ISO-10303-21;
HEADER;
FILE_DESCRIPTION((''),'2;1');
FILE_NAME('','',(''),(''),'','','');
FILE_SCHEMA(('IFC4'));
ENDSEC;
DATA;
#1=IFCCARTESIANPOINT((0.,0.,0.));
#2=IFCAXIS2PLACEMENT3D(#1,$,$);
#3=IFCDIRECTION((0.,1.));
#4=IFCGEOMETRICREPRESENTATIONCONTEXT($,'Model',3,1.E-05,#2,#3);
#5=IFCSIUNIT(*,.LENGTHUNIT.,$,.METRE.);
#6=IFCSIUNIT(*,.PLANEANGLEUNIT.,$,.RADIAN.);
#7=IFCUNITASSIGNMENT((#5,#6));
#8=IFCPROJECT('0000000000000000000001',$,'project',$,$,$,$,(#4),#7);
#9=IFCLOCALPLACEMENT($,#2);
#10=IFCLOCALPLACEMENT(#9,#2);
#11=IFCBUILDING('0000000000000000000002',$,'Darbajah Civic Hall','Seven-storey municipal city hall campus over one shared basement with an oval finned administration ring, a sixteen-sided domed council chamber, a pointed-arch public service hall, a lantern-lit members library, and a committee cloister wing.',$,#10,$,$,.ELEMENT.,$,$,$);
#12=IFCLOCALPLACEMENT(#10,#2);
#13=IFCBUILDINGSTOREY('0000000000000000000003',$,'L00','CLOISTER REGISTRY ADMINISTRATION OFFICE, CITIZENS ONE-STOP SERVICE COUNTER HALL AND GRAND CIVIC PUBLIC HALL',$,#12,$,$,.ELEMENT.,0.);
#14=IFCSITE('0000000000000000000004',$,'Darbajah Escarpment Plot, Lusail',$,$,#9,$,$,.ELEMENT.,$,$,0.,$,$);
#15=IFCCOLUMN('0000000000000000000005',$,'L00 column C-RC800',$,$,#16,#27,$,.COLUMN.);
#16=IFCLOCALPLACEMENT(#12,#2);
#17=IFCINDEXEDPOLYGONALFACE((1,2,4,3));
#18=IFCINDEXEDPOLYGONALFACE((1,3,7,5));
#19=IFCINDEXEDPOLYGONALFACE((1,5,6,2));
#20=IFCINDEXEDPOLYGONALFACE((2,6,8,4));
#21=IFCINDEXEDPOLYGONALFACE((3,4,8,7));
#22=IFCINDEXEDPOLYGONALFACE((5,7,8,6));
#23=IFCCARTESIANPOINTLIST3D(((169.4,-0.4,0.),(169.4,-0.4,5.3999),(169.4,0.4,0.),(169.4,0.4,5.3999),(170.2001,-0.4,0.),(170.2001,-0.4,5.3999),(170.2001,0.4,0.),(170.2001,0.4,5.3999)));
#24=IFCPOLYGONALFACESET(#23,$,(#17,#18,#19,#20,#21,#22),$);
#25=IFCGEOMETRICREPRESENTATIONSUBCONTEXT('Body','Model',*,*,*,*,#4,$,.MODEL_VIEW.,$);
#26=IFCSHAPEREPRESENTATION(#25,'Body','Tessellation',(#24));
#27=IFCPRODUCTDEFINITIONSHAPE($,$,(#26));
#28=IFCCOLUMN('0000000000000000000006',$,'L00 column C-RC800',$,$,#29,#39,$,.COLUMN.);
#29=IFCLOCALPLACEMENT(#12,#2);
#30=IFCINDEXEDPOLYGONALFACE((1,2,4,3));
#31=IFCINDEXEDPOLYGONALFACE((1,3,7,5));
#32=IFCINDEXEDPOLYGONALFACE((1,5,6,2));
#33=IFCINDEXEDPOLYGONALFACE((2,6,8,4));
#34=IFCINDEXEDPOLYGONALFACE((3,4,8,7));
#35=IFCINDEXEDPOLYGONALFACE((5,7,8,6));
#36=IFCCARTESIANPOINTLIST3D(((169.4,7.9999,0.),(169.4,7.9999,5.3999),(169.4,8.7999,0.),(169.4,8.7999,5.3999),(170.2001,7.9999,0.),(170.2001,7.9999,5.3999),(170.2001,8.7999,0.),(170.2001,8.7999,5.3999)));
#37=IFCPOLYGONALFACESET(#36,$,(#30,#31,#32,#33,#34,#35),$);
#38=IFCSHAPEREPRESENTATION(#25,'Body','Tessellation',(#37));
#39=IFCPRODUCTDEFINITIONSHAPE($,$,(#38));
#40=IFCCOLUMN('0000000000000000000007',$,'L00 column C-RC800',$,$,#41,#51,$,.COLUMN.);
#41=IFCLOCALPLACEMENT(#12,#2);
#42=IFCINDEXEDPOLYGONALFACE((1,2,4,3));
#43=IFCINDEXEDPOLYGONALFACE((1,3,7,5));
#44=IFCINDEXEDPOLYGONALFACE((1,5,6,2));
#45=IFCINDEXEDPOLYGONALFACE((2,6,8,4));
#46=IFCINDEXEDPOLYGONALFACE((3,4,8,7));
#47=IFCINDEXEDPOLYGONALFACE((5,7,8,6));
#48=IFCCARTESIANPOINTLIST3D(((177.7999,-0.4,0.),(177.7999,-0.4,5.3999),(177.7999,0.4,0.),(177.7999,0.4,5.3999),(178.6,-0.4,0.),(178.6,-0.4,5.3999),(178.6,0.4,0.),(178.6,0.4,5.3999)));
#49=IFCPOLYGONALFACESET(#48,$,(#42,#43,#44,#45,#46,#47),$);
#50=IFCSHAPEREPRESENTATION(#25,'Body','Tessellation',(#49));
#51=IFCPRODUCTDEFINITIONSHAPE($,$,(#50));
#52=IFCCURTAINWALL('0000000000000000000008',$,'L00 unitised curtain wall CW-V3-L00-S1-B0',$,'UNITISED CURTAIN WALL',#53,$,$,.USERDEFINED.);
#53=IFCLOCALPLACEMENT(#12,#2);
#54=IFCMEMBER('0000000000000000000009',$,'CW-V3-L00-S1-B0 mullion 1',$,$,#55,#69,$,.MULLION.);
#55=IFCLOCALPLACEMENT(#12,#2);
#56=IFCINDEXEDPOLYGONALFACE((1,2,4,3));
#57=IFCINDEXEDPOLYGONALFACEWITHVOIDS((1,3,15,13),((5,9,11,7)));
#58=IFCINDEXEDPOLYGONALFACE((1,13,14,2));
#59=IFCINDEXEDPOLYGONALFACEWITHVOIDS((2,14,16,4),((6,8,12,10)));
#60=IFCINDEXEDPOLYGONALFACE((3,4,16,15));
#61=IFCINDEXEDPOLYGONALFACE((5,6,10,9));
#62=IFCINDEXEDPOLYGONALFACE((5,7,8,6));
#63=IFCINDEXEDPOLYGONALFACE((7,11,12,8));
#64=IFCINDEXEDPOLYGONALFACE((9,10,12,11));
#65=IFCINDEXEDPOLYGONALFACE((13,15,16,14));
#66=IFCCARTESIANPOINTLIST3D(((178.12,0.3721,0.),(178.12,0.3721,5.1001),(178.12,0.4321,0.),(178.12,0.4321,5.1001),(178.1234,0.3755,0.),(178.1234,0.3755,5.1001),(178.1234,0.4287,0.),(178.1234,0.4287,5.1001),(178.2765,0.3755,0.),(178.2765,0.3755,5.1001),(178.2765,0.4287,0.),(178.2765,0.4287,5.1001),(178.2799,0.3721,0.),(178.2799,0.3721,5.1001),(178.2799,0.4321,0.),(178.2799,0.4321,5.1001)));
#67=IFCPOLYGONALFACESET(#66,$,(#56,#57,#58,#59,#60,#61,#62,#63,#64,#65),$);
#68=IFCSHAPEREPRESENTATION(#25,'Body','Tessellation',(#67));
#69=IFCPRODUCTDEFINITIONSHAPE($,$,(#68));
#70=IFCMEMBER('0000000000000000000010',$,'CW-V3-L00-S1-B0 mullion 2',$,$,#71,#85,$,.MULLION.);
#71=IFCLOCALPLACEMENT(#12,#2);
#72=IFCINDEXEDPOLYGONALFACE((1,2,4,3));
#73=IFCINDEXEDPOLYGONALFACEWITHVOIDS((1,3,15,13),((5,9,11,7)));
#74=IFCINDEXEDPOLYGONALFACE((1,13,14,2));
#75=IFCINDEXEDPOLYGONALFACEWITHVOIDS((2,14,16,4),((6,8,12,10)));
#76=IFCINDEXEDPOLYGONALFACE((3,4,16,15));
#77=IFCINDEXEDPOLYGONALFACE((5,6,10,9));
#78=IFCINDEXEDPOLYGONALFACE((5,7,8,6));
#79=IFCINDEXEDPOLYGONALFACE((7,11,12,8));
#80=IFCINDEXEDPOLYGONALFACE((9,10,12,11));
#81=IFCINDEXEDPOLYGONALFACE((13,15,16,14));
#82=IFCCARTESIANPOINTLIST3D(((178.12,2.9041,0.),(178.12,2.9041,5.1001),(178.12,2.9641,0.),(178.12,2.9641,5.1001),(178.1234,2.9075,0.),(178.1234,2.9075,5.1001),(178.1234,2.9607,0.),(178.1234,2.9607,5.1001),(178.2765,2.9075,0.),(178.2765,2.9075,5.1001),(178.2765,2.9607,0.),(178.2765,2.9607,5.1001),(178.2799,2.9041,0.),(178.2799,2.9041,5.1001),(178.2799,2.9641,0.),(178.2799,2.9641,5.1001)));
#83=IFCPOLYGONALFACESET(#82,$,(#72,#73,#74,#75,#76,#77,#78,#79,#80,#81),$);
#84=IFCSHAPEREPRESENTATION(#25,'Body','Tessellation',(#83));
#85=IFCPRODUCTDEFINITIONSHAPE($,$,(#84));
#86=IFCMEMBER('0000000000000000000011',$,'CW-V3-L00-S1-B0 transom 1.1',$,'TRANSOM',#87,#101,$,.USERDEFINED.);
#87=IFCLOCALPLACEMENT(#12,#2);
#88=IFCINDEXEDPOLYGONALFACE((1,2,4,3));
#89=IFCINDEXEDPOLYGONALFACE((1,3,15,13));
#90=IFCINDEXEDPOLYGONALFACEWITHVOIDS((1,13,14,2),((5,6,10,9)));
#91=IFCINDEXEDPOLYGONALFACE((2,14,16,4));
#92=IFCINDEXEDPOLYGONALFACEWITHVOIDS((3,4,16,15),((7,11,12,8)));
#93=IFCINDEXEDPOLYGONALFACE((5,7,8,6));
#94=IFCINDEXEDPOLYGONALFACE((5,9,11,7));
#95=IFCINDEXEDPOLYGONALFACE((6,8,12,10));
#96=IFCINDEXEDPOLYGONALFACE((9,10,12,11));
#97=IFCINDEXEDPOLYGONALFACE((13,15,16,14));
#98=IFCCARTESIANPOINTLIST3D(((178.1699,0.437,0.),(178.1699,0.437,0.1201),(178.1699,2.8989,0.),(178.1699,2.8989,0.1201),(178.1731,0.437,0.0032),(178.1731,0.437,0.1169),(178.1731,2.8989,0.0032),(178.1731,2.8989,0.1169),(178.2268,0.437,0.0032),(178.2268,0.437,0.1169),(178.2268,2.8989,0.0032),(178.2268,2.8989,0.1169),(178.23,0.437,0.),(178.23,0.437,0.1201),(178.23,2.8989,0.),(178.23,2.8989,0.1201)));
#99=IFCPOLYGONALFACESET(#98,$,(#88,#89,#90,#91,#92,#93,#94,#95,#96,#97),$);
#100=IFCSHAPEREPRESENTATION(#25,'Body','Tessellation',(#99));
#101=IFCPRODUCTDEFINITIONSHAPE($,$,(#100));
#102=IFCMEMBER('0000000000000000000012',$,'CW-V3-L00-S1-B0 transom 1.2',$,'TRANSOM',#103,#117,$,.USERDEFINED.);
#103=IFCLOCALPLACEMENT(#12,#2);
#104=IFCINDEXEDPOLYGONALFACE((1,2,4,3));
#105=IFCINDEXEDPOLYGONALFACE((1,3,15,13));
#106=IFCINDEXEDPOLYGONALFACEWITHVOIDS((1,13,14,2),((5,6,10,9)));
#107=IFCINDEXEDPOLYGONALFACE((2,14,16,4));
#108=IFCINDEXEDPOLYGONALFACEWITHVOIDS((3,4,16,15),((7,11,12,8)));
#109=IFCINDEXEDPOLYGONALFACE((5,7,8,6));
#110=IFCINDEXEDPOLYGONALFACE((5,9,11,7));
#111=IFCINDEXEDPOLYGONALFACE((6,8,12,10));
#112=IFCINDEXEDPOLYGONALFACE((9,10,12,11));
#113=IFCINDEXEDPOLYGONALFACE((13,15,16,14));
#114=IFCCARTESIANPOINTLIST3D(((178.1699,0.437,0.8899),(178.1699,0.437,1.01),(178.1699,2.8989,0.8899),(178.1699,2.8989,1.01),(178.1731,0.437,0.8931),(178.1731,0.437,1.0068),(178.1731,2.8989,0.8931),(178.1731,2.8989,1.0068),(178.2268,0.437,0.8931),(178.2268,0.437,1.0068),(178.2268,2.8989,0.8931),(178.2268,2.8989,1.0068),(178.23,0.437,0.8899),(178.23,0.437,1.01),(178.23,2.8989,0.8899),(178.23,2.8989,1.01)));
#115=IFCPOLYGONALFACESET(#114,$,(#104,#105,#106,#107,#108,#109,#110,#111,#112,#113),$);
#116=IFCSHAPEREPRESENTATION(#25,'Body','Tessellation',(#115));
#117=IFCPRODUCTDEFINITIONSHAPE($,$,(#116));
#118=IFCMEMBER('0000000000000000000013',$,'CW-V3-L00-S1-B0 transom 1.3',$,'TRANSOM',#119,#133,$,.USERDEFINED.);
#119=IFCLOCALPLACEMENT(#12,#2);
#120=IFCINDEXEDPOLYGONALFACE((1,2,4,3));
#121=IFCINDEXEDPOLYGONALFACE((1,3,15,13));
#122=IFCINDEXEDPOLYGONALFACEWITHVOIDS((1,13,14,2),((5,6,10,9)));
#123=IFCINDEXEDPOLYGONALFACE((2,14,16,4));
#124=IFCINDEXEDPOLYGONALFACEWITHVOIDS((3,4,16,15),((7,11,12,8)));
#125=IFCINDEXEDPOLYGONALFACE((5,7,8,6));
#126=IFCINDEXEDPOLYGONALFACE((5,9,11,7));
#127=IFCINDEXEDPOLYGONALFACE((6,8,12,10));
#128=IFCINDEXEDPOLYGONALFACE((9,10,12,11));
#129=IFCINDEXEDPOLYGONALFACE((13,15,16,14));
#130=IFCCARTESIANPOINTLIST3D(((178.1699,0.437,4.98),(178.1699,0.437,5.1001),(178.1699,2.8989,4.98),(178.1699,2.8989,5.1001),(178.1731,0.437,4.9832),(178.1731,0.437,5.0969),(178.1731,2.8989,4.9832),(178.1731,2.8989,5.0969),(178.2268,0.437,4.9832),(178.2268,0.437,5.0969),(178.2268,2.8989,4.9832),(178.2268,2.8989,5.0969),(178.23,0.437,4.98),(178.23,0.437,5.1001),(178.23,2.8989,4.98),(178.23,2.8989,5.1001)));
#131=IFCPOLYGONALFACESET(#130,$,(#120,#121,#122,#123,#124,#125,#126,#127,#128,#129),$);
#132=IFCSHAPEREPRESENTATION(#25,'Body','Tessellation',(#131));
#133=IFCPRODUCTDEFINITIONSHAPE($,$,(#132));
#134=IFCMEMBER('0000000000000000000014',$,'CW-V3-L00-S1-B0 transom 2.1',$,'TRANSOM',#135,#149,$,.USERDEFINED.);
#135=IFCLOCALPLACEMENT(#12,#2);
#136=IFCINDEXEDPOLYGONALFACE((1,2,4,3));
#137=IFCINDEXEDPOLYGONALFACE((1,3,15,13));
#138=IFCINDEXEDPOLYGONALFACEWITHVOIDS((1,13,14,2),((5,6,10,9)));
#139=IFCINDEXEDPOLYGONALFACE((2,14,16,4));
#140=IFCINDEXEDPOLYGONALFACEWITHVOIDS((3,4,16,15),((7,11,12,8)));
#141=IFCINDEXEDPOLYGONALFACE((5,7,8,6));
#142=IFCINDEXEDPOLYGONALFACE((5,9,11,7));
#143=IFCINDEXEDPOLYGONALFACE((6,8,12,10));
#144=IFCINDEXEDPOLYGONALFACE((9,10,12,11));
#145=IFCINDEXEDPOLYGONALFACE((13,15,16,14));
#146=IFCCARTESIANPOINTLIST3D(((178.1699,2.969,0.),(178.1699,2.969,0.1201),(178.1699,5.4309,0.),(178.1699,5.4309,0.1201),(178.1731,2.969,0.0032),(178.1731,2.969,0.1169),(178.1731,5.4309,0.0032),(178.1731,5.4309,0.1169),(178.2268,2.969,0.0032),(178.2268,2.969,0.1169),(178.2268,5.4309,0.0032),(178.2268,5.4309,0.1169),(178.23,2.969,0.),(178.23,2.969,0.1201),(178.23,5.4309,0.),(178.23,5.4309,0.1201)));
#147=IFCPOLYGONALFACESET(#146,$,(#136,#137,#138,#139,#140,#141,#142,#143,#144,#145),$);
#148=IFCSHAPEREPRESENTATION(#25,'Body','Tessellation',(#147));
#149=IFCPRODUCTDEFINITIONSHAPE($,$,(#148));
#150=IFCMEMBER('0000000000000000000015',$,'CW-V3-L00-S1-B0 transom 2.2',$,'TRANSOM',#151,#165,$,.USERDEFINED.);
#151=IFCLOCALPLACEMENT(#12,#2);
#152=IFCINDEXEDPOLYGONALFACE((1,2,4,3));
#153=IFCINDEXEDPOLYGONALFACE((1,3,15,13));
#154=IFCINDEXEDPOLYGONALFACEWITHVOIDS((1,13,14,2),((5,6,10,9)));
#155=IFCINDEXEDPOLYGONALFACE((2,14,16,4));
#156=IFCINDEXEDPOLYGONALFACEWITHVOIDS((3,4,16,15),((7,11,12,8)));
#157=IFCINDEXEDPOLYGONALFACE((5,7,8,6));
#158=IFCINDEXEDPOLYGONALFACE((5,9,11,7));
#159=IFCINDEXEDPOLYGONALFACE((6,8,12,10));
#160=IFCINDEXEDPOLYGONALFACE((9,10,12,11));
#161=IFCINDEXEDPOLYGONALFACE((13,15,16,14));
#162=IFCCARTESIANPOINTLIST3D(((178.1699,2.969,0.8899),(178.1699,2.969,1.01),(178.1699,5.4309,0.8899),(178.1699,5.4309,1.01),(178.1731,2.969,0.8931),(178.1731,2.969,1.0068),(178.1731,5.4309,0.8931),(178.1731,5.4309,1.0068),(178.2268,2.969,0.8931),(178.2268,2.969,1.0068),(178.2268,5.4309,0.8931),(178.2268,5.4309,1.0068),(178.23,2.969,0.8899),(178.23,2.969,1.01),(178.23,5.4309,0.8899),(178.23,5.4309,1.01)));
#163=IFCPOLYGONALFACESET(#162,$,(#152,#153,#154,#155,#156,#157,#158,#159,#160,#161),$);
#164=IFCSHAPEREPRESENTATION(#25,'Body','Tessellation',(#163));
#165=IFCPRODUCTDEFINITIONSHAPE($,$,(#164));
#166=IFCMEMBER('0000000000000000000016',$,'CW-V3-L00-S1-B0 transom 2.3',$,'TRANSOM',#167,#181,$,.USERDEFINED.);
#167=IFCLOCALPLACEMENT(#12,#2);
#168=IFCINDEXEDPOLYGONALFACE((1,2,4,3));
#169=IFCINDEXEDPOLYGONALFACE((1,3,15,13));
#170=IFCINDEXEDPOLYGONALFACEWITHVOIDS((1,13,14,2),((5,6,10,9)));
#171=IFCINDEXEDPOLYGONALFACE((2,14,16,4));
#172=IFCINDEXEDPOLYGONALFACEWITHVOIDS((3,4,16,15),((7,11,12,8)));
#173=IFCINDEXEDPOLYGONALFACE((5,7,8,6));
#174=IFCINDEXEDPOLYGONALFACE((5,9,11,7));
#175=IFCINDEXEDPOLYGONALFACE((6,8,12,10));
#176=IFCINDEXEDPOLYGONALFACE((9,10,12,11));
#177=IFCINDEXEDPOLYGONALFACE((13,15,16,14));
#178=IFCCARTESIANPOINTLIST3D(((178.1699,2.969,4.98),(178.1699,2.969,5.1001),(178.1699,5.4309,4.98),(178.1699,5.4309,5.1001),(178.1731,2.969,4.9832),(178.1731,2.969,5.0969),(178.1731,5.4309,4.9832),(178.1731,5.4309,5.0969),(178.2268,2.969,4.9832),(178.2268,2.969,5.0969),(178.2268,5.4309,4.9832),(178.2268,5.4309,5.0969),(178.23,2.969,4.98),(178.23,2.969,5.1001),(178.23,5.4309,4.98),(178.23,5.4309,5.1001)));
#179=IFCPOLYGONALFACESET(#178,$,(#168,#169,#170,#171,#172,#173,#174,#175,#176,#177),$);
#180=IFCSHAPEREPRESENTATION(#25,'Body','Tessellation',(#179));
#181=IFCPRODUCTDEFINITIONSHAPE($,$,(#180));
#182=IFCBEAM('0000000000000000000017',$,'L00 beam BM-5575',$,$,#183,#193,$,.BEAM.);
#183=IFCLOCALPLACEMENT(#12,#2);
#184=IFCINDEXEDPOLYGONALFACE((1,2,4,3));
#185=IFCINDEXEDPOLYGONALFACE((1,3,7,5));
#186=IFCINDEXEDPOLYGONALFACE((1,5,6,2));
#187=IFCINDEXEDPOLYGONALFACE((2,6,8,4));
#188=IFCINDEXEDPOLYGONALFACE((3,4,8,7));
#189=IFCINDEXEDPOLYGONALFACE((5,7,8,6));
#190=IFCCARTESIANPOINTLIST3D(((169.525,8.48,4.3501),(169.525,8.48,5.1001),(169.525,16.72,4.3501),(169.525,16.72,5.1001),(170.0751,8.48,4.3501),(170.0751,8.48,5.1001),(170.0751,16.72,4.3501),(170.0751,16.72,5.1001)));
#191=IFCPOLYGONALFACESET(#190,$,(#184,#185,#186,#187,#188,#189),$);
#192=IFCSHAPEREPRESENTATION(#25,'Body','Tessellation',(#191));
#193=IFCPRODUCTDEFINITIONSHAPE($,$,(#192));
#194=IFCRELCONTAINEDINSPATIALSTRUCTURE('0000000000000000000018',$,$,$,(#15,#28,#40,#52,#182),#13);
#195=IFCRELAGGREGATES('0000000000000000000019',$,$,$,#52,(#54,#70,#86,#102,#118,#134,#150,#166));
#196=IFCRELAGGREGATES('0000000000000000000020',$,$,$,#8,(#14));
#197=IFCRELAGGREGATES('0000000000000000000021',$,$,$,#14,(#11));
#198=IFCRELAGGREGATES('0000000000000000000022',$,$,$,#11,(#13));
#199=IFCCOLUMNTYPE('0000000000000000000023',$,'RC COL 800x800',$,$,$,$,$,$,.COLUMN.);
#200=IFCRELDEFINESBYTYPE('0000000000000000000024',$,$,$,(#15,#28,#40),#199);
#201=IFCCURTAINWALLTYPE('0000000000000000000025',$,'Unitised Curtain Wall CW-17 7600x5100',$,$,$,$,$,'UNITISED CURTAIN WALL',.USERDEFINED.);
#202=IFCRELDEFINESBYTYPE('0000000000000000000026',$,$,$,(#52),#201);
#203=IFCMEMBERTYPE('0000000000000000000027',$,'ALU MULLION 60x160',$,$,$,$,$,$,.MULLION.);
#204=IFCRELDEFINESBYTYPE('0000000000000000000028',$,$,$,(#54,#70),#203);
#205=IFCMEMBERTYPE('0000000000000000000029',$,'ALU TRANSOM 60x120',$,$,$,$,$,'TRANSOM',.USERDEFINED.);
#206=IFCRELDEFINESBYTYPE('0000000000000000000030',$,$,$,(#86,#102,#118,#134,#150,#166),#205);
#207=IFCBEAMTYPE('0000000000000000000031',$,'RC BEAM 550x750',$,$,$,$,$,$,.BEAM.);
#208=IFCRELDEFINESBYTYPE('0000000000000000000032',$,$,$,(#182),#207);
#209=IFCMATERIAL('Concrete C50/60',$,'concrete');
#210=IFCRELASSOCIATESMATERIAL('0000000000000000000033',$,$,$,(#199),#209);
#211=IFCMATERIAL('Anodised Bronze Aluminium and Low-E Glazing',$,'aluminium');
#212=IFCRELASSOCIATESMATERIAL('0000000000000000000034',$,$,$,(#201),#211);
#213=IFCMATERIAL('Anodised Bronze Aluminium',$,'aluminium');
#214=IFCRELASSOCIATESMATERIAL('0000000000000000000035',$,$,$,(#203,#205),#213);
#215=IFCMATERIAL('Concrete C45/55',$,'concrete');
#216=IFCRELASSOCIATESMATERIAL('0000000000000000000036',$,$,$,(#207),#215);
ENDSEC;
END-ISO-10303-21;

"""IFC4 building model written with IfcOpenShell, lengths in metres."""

from ifc_helpers import new_model, si_unit, direction, frame, origin, origin_2d, place, context, subcontext, project, spatial, rectangle, hollow_rectangle, extrude, material, material_profile, profile_set, type_object, element, aggregate, save


model = new_model("IFC4")

# Units and contexts
model_context = context("Model", 3, precision=1e-05, world=origin(), true_north=direction((0.0, 1.0)))
body_context = subcontext(model_context, "Body", "Model", "MODEL_VIEW")
ifc_project = project(units=[si_unit("LENGTHUNIT", "METRE"), si_unit("PLANEANGLEUNIT", "RADIAN")], contexts=[model_context])

# Site, building, storey
site_placement = place(None, origin())
site = spatial("IfcSite", under=ifc_project, at=site_placement, Name="Darbajah Escarpment Plot, Lusail", CompositionType="ELEMENT", RefElevation=0.0)
building_placement = place(site_placement, origin())
building = spatial("IfcBuilding", under=site, at=building_placement, Name="Darbajah Civic Hall", Description="Seven-storey municipal city hall campus over one shared basement with an oval finned administration ring, a sixteen-sided domed council chamber, a pointed-arch public service hall, a lantern-lit members library, and a committee cloister wing.", CompositionType="ELEMENT")
storey_placement = place(building_placement, origin())
storey = spatial("IfcBuildingStorey", under=building, at=storey_placement, Name="L00", Description="CLOISTER REGISTRY ADMINISTRATION OFFICE, CITIZENS ONE-STOP SERVICE COUNTER HALL AND GRAND CIVIC PUBLIC HALL", CompositionType="ELEMENT", Elevation=0.0)

# Columns
ifc_material_1 = material(Name="Concrete C50/60", Category="concrete")
ifc_material_profile_1 = material_profile(ifc_material_1, rectangle(XDim=0.8, YDim=0.8, at=origin_2d()), Name="RC COL 800x800")
ifc_profile_set_1 = profile_set([ifc_material_profile_1], Name="Concrete C50/60")
column_type = type_object("IfcColumnType", Name="RC COL 800x800", PredefinedType="COLUMN", material=ifc_profile_set_1)
for number, where, z_axis, x_axis, name in (
    (1, (169.8, 0.0, 0.0), (0.0, 0.0, 1.0), (1.0, 0.0, 0.0), "L00 column C-RC800"),
    (2, (169.8, 8.3999, 0.0), (0.0, 0.0, 1.0), (1.0, 0.0, 0.0), "L00 column C-RC800"),
    (3, (178.2, 0.0, 0.0), (0.0, 0.0, 1.0), (1.0, 0.0, 0.0), "L00 column C-RC800"),
):
    element("IfcColumn", number, at=place(storey_placement, frame(where, z_axis=z_axis, x_axis=x_axis)), inside=storey, type_object=column_type, Name=name, PredefinedType="COLUMN", context=body_context, shape_type="SweptSolid", body=[
        extrude(rectangle(XDim=0.8, YDim=0.8, at=origin_2d()), origin(), (0.0, 0.0, 1.0), 5.3999),
    ])

# Curtain wall, members
ifc_material_2 = material(Name="Anodised Bronze Aluminium and Low-E Glazing", Category="aluminium")
curtain_wall_type = type_object("IfcCurtainWallType", Name="Unitised Curtain Wall CW-17 7600x5100", ElementType="UNITISED CURTAIN WALL", PredefinedType="USERDEFINED", material=ifc_material_2)
curtain_wall_placement = place(storey_placement, origin())
curtain_wall = element("IfcCurtainWall", 4, at=curtain_wall_placement, inside=storey, type_object=curtain_wall_type, Name="L00 unitised curtain wall CW-V3-L00-S1-B0", ObjectType="UNITISED CURTAIN WALL", PredefinedType="USERDEFINED")
ifc_material_3 = material(Name="Anodised Bronze Aluminium", Category="aluminium")
ifc_material_profile_2 = material_profile(ifc_material_3, hollow_rectangle(XDim=0.0601, YDim=0.1599, WallThickness=0.0034, at=origin_2d()), Name="ALU MULLION 60x160")
ifc_profile_set_2 = profile_set([ifc_material_profile_2], Name="Anodised Bronze Aluminium")
member_type_1 = type_object("IfcMemberType", Name="ALU MULLION 60x160", PredefinedType="MULLION", material=ifc_profile_set_2)
member_1_placement = place(storey_placement, frame((178.2, 0.4021, 0.0), z_axis=(0.0, 0.0, 1.0), x_axis=(0.0, 1.0, 0.0)))
member_1 = element("IfcMember", 5, at=member_1_placement, type_object=member_type_1, Name="CW-V3-L00-S1-B0 mullion 1", PredefinedType="MULLION", context=body_context, shape_type="SweptSolid", body=[
    extrude(hollow_rectangle(XDim=0.0601, YDim=0.1599, WallThickness=0.0034, at=origin_2d()), origin(), (0.0, 0.0, 1.0), 5.1001),
])
member_2_placement = place(storey_placement, frame((178.2, 2.9341, 0.0), z_axis=(0.0, 0.0, 1.0), x_axis=(0.0, 1.0, 0.0)))
member_2 = element("IfcMember", 6, at=member_2_placement, type_object=member_type_1, Name="CW-V3-L00-S1-B0 mullion 2", PredefinedType="MULLION", context=body_context, shape_type="SweptSolid", body=[
    extrude(hollow_rectangle(XDim=0.0601, YDim=0.1599, WallThickness=0.0034, at=origin_2d()), origin(), (0.0, 0.0, 1.0), 5.1001),
])
ifc_material_profile_3 = material_profile(ifc_material_3, hollow_rectangle(XDim=0.0601, YDim=0.1201, WallThickness=0.0032, at=origin_2d()), Name="ALU TRANSOM 60x120")
ifc_profile_set_3 = profile_set([ifc_material_profile_3], Name="Anodised Bronze Aluminium")
member_type_2 = type_object("IfcMemberType", Name="ALU TRANSOM 60x120", ElementType="TRANSOM", PredefinedType="USERDEFINED", material=ifc_profile_set_3)
member_3_placement = place(storey_placement, frame((178.2, 0.437, 0.0601), z_axis=(0.0, 1.0, 0.0), x_axis=(-1.0, 0.0, 0.0)))
member_3 = element("IfcMember", 7, at=member_3_placement, type_object=member_type_2, Name="CW-V3-L00-S1-B0 transom 1.1", ObjectType="TRANSOM", PredefinedType="USERDEFINED", context=body_context, shape_type="SweptSolid", body=[
    extrude(hollow_rectangle(XDim=0.0601, YDim=0.1201, WallThickness=0.0032, at=origin_2d()), origin(), (0.0, 0.0, 1.0), 2.4619),
])
member_4_placement = place(storey_placement, frame((178.2, 0.437, 0.95), z_axis=(0.0, 1.0, 0.0), x_axis=(-1.0, 0.0, 0.0)))
member_4 = element("IfcMember", 8, at=member_4_placement, type_object=member_type_2, Name="CW-V3-L00-S1-B0 transom 1.2", ObjectType="TRANSOM", PredefinedType="USERDEFINED", context=body_context, shape_type="SweptSolid", body=[
    extrude(hollow_rectangle(XDim=0.0601, YDim=0.1201, WallThickness=0.0032, at=origin_2d()), origin(), (0.0, 0.0, 1.0), 2.4619),
])
member_5_placement = place(storey_placement, frame((178.2, 0.437, 5.04), z_axis=(0.0, 1.0, 0.0), x_axis=(-1.0, 0.0, 0.0)))
member_5 = element("IfcMember", 9, at=member_5_placement, type_object=member_type_2, Name="CW-V3-L00-S1-B0 transom 1.3", ObjectType="TRANSOM", PredefinedType="USERDEFINED", context=body_context, shape_type="SweptSolid", body=[
    extrude(hollow_rectangle(XDim=0.0601, YDim=0.1201, WallThickness=0.0032, at=origin_2d()), origin(), (0.0, 0.0, 1.0), 2.4619),
])
member_6_placement = place(storey_placement, frame((178.2, 2.969, 0.0601), z_axis=(0.0, 1.0, 0.0), x_axis=(-1.0, 0.0, 0.0)))
member_6 = element("IfcMember", 10, at=member_6_placement, type_object=member_type_2, Name="CW-V3-L00-S1-B0 transom 2.1", ObjectType="TRANSOM", PredefinedType="USERDEFINED", context=body_context, shape_type="SweptSolid", body=[
    extrude(hollow_rectangle(XDim=0.0601, YDim=0.1201, WallThickness=0.0032, at=origin_2d()), origin(), (0.0, 0.0, 1.0), 2.4619),
])
member_7_placement = place(storey_placement, frame((178.2, 2.969, 0.95), z_axis=(0.0, 1.0, 0.0), x_axis=(-1.0, 0.0, 0.0)))
member_7 = element("IfcMember", 11, at=member_7_placement, type_object=member_type_2, Name="CW-V3-L00-S1-B0 transom 2.2", ObjectType="TRANSOM", PredefinedType="USERDEFINED", context=body_context, shape_type="SweptSolid", body=[
    extrude(hollow_rectangle(XDim=0.0601, YDim=0.1201, WallThickness=0.0032, at=origin_2d()), origin(), (0.0, 0.0, 1.0), 2.4619),
])
member_8_placement = place(storey_placement, frame((178.2, 2.969, 5.04), z_axis=(0.0, 1.0, 0.0), x_axis=(-1.0, 0.0, 0.0)))
member_8 = element("IfcMember", 12, at=member_8_placement, type_object=member_type_2, Name="CW-V3-L00-S1-B0 transom 2.3", ObjectType="TRANSOM", PredefinedType="USERDEFINED", context=body_context, shape_type="SweptSolid", body=[
    extrude(hollow_rectangle(XDim=0.0601, YDim=0.1201, WallThickness=0.0032, at=origin_2d()), origin(), (0.0, 0.0, 1.0), 2.4619),
])

# Beam
ifc_material_4 = material(Name="Concrete C45/55", Category="concrete")
ifc_material_profile_4 = material_profile(ifc_material_4, rectangle(XDim=0.55, YDim=0.75, at=origin_2d()), Name="RC BEAM 550x750")
ifc_profile_set_4 = profile_set([ifc_material_profile_4], Name="Concrete C45/55")
beam_type_1 = type_object("IfcBeamType", Name="RC BEAM 550x750", PredefinedType="BEAM", material=ifc_profile_set_4)
beam_1_placement = place(storey_placement, frame((169.8, 8.48, 4.7251), z_axis=(0.0, 1.0, 0.0), x_axis=(-1.0, 0.0, 0.0)))
element("IfcBeam", 13, at=beam_1_placement, inside=storey, type_object=beam_type_1, Name="L00 beam BM-5575", PredefinedType="BEAM", context=body_context, shape_type="SweptSolid", body=[
    extrude(rectangle(XDim=0.55, YDim=0.75, at=origin_2d()), origin(), (0.0, 0.0, 1.0), 8.24),
])

aggregate(curtain_wall, [member_1, member_2, member_3, member_4, member_5, member_6, member_7, member_8])

save(model, "model.ifc")
